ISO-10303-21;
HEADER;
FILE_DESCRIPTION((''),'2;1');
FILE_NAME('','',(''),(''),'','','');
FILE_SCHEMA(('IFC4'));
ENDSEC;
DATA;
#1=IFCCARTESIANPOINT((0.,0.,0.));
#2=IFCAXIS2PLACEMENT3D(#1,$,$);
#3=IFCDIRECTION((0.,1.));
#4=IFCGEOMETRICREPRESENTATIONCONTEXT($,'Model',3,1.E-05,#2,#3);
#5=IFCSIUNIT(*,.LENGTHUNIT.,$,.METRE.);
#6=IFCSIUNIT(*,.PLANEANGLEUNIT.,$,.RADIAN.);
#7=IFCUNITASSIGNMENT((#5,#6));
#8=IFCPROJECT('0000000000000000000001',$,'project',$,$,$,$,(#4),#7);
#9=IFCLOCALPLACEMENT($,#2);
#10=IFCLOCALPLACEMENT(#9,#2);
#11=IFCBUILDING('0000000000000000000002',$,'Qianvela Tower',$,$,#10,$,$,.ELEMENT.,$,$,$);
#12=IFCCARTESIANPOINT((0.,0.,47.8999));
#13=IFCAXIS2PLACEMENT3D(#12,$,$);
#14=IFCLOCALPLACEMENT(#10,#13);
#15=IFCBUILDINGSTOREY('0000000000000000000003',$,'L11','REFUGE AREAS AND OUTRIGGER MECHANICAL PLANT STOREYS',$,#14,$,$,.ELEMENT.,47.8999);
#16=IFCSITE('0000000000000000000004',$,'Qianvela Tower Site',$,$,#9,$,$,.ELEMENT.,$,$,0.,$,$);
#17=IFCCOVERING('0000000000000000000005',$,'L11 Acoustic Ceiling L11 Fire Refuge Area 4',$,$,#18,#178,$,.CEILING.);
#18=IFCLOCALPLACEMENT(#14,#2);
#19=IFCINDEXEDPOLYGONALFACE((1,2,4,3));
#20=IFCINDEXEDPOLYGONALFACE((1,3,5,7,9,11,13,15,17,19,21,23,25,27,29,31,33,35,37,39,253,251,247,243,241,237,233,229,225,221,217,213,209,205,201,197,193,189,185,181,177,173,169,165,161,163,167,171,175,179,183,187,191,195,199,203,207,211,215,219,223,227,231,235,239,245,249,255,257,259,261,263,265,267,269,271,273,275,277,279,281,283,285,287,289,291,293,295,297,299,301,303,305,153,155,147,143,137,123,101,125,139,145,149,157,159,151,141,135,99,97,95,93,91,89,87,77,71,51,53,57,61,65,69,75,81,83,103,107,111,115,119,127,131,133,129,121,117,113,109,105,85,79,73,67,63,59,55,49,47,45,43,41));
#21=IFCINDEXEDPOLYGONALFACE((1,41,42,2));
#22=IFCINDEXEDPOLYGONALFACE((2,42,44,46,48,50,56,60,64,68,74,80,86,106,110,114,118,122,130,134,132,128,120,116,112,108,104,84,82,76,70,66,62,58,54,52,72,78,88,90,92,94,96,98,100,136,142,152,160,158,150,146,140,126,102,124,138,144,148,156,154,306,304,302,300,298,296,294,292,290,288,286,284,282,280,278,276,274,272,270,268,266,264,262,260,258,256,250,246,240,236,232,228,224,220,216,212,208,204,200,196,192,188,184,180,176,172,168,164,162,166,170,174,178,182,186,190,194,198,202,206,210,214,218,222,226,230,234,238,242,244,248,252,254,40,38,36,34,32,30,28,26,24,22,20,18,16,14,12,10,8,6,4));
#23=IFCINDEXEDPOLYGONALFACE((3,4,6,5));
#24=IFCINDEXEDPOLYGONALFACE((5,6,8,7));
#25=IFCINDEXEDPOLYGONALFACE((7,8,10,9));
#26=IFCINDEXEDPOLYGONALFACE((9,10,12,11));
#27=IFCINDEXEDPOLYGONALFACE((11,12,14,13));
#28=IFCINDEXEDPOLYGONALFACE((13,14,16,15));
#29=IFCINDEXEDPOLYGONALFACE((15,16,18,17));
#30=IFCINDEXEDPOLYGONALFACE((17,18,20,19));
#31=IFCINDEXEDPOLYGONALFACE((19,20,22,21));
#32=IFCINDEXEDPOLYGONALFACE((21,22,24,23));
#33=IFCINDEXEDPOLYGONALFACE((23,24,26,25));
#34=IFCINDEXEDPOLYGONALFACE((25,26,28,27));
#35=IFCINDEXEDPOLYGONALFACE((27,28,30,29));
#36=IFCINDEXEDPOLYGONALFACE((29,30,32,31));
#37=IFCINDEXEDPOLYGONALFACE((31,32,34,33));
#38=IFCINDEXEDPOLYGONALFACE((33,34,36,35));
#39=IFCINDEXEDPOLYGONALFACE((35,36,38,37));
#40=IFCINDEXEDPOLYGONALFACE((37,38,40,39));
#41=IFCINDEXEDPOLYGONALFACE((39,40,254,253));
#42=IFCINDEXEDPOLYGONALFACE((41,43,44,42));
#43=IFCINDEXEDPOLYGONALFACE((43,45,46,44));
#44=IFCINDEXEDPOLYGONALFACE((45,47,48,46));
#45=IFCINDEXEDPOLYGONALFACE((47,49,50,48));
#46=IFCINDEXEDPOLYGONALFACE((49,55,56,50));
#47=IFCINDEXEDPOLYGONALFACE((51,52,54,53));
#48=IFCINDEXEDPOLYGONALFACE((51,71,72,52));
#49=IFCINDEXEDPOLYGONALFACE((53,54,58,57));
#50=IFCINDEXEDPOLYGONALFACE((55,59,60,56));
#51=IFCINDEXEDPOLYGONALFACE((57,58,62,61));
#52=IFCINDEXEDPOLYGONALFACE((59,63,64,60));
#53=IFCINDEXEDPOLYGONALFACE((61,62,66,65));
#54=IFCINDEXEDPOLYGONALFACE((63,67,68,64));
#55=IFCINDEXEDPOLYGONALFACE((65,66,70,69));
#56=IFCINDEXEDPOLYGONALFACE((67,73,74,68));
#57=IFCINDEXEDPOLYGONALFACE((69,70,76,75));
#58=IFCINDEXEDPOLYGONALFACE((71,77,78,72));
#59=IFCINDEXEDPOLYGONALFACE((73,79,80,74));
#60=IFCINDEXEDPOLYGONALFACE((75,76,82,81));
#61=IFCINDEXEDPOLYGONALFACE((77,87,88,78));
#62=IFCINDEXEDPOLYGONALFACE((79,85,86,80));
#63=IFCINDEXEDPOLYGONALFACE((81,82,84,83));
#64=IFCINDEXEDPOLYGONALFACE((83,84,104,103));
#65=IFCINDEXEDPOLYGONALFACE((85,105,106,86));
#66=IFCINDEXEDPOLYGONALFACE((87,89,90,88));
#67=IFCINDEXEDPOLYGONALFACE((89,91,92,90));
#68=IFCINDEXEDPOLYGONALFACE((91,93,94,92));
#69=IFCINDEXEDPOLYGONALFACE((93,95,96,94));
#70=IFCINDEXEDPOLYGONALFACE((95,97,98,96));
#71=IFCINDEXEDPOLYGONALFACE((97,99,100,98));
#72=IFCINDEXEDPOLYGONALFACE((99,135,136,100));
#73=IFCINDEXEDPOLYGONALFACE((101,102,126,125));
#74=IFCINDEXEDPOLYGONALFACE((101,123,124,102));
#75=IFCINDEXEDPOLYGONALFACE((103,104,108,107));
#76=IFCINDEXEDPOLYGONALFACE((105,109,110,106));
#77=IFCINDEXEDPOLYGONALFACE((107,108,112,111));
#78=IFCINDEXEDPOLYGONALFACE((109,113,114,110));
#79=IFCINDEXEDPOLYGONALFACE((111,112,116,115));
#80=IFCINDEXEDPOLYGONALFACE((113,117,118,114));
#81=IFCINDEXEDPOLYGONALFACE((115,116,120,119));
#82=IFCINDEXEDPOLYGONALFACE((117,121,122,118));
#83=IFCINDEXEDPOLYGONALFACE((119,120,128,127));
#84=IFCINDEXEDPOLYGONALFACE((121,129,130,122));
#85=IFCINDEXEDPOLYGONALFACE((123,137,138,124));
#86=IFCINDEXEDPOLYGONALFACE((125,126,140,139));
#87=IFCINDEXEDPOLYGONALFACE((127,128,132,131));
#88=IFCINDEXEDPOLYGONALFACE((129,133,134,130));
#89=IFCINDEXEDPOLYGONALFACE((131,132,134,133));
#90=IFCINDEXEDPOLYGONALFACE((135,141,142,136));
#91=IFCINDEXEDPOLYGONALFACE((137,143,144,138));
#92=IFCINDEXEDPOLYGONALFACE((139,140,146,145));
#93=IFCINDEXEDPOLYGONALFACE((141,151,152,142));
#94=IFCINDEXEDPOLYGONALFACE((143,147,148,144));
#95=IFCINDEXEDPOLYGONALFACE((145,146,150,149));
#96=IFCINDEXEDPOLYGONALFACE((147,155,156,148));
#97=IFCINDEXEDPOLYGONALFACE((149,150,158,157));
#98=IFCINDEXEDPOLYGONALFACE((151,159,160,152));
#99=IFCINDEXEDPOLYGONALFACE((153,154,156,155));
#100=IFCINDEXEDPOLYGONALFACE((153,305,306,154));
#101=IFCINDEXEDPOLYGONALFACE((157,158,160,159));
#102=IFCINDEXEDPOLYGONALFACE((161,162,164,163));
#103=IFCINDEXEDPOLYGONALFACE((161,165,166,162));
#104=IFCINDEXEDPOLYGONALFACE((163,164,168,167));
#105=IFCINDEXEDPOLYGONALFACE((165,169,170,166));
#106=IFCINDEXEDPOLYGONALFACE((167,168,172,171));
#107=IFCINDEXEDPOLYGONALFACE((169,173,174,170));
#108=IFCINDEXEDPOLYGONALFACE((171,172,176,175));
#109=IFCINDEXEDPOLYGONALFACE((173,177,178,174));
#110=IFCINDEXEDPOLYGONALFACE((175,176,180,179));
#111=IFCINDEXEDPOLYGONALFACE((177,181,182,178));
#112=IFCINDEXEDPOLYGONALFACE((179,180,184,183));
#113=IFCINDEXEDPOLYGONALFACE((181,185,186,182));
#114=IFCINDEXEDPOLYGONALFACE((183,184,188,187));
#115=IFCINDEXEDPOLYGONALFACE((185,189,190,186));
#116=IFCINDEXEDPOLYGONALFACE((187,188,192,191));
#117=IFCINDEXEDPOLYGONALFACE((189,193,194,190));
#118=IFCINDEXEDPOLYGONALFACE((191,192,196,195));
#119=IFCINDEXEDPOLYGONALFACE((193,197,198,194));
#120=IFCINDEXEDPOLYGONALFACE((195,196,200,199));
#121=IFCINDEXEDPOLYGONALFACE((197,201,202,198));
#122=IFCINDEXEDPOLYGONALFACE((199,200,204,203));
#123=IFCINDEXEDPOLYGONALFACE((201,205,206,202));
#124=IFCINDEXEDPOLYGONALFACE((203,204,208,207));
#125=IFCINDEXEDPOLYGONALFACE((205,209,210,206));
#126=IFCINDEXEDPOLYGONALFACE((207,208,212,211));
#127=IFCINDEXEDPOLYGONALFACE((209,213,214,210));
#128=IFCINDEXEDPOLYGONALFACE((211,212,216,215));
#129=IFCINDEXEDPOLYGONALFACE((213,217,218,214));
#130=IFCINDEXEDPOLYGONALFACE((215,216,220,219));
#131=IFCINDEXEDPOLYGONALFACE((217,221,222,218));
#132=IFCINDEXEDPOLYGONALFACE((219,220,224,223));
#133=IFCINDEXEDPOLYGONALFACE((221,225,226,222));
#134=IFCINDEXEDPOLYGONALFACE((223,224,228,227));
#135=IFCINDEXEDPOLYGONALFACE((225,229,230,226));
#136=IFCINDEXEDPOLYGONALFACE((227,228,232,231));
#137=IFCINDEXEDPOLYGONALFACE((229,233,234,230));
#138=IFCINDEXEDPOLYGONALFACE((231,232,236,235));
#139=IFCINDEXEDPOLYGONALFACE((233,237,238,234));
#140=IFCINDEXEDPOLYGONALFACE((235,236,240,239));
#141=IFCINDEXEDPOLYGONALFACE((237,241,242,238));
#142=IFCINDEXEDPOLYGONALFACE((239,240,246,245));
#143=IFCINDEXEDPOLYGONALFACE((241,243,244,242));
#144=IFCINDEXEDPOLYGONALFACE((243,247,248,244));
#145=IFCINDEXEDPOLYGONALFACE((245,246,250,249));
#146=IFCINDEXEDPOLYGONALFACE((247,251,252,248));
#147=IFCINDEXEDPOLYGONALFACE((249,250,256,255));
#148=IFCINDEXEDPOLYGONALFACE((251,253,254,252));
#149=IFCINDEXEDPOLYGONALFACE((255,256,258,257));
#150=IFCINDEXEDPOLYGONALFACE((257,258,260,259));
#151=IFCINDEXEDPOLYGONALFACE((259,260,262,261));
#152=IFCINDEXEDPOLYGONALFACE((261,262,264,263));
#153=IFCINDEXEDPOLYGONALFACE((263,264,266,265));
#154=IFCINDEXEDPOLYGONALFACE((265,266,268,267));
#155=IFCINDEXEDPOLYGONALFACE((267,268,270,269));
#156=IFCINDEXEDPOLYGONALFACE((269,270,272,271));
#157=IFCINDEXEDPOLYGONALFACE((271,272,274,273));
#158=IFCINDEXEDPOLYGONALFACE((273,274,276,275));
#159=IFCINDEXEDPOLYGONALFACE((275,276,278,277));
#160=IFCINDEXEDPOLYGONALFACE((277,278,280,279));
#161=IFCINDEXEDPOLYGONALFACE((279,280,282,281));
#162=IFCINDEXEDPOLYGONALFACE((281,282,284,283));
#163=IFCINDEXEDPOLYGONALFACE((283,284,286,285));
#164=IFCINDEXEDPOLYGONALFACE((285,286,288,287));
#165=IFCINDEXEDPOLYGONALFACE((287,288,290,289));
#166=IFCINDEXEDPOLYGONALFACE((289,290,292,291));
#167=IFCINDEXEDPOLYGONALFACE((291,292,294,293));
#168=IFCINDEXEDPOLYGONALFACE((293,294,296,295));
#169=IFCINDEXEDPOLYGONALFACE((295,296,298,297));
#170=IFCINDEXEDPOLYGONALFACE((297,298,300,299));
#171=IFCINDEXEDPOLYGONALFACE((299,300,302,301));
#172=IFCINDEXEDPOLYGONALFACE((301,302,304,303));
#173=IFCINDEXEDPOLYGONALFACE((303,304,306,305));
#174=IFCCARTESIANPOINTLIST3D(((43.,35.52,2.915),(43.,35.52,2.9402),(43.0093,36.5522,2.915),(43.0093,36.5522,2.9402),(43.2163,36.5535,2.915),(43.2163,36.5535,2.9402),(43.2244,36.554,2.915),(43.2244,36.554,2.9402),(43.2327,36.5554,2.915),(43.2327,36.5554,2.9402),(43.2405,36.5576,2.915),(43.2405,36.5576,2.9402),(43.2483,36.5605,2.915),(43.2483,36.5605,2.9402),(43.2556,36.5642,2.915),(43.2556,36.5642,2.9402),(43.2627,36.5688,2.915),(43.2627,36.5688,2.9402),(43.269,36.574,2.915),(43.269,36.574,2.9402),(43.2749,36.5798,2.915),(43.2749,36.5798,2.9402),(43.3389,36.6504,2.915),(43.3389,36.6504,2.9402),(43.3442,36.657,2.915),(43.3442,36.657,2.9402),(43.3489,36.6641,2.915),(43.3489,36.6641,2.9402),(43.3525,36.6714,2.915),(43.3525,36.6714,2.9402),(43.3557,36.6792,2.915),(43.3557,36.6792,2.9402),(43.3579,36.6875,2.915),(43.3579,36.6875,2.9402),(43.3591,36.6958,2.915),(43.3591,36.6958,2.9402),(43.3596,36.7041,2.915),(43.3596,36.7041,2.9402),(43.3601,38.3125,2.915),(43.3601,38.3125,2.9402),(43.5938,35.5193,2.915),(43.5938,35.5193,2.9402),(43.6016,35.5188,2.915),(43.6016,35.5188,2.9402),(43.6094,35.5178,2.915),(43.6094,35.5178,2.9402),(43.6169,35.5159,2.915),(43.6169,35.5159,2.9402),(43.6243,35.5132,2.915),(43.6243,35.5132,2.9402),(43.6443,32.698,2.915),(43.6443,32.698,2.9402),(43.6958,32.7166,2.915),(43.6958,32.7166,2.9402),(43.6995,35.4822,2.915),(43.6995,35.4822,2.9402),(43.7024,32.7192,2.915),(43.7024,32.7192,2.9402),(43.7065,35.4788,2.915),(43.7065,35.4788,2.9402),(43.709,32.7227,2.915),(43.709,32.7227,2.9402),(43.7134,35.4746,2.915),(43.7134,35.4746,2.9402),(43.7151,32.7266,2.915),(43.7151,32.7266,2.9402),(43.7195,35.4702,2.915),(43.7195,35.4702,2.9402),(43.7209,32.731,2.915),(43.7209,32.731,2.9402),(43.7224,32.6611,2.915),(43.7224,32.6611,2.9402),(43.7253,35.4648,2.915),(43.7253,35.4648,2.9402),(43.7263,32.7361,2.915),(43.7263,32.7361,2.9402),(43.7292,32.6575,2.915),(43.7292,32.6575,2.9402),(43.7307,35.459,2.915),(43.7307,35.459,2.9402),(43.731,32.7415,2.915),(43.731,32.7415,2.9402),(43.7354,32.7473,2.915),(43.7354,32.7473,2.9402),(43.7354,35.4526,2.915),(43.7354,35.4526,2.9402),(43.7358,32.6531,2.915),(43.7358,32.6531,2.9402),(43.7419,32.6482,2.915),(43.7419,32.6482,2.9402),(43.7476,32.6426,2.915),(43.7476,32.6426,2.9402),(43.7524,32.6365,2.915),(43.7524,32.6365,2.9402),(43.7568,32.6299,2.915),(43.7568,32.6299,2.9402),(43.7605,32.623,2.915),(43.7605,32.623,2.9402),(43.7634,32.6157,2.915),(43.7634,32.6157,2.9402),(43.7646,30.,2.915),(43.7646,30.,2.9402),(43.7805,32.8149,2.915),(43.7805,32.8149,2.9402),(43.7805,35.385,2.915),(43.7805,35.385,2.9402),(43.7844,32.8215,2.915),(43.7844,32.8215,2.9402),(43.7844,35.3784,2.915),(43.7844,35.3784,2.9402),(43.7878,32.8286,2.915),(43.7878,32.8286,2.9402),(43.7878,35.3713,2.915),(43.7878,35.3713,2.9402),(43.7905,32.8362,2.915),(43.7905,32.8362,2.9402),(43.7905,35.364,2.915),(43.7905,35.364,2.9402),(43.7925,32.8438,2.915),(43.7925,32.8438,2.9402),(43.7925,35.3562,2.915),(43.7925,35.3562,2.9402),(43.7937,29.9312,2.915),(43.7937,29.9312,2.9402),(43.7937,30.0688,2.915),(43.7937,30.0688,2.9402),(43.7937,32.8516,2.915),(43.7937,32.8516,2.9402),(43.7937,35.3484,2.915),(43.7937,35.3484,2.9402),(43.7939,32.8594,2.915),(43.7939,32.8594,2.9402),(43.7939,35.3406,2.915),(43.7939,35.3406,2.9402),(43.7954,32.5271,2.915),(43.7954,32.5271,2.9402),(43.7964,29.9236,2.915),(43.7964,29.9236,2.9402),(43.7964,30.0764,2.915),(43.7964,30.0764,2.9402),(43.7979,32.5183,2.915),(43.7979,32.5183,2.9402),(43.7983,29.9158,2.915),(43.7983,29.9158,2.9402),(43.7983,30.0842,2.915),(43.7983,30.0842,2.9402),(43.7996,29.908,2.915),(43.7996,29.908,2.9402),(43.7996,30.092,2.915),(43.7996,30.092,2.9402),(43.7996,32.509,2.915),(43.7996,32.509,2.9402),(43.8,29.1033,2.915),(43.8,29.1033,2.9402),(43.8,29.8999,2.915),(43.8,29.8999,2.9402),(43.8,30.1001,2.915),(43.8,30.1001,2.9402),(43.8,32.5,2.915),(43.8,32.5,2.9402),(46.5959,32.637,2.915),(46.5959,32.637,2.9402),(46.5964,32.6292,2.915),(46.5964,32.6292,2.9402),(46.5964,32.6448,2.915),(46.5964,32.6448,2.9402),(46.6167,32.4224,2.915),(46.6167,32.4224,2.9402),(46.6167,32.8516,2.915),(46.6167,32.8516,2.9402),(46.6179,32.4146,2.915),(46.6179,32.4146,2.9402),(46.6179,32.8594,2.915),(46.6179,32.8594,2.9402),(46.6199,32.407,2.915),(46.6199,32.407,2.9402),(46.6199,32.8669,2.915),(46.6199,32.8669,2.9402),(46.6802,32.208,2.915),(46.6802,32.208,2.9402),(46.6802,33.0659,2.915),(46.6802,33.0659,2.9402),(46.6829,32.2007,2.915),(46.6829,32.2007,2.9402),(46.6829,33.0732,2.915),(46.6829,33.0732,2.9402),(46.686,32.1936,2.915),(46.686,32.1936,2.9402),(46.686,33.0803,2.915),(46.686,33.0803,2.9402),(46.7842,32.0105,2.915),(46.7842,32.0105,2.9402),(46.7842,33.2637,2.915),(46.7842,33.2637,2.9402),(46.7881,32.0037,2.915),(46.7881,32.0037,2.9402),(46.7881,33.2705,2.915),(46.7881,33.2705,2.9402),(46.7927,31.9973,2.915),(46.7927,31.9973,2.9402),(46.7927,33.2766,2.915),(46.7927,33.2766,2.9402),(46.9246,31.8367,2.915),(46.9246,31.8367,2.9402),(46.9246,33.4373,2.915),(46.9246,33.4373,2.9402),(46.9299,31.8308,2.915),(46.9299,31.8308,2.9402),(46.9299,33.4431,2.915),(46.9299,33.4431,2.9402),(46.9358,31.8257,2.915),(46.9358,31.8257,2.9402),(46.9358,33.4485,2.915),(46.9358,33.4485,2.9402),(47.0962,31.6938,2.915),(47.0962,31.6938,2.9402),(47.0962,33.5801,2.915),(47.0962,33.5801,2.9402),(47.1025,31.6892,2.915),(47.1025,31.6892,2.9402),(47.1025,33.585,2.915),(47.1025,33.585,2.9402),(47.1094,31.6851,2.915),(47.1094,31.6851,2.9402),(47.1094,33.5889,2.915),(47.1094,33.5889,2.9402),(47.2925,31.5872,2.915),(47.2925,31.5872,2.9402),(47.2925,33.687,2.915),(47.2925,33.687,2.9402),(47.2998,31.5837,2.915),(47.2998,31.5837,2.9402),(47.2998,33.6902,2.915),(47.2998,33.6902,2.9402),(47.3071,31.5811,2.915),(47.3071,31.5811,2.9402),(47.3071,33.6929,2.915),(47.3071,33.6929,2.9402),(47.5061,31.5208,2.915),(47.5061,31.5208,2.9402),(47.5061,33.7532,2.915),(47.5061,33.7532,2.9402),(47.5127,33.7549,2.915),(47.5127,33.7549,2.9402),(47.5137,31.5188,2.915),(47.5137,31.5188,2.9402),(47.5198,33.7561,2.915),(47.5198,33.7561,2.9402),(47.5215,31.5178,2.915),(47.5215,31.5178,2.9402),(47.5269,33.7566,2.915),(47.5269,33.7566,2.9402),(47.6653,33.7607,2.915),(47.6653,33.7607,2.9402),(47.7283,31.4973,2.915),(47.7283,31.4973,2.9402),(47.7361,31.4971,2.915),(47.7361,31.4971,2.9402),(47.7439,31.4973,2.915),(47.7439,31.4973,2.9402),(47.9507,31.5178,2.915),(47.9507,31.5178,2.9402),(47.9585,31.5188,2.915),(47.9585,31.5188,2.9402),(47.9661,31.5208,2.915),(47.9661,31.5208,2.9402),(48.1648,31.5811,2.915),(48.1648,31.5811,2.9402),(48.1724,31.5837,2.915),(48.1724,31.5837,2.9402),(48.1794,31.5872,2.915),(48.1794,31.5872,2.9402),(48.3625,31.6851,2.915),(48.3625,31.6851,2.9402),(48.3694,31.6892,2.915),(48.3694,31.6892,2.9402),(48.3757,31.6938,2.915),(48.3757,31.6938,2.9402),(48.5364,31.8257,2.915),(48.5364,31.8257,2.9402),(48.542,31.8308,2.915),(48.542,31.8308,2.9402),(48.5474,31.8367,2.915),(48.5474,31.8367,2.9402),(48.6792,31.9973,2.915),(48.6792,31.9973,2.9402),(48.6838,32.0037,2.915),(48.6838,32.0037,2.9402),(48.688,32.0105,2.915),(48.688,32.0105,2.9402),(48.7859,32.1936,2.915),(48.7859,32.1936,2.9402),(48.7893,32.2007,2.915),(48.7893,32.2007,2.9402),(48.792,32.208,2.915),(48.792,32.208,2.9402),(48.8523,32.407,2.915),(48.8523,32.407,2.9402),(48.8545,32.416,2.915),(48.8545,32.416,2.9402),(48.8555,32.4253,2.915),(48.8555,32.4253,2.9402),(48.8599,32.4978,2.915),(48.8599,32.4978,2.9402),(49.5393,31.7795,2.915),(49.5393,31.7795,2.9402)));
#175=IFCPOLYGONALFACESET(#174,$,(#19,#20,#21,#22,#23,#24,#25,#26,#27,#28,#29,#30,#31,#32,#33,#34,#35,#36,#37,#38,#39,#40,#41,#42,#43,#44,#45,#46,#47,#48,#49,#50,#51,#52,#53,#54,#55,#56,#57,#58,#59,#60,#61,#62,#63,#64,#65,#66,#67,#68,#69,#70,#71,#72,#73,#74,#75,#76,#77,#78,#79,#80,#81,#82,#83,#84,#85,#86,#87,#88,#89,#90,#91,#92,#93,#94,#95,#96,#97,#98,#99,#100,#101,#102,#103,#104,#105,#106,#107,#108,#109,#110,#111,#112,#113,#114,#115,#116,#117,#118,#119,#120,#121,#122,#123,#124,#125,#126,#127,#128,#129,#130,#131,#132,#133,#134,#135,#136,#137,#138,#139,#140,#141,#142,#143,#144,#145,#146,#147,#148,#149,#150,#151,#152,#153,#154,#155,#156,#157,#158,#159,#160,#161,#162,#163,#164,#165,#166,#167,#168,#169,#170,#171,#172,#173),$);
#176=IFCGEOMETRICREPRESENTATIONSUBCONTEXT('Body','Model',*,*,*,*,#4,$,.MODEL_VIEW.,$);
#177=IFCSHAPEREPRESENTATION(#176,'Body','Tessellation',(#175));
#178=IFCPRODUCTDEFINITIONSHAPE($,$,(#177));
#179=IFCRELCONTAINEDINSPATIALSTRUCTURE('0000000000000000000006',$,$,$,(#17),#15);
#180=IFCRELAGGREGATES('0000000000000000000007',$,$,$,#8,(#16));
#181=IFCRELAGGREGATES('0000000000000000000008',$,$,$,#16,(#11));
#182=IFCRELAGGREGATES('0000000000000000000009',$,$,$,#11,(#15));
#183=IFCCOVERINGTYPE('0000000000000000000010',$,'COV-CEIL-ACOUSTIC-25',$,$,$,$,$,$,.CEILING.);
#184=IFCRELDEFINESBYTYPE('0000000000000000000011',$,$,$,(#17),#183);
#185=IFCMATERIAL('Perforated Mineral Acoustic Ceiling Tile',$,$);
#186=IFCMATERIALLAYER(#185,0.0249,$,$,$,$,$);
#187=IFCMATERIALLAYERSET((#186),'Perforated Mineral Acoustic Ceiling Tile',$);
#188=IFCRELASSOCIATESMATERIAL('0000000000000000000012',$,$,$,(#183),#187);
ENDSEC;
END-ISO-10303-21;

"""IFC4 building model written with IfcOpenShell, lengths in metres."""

from ifc_helpers import new_model, si_unit, direction, frame, origin, place, context, subcontext, project, spatial, polyline, outline, extrude, material, layer, layer_set, type_object, element, save


model = new_model("IFC4")

# Units and contexts
model_context = context("Model", 3, precision=1e-05, world=origin(), true_north=direction((0.0, 1.0)))
body_context = subcontext(model_context, "Body", "Model", "MODEL_VIEW")
ifc_project = project(units=[si_unit("LENGTHUNIT", "METRE"), si_unit("PLANEANGLEUNIT", "RADIAN")], contexts=[model_context])

# Site, building, storey
site_placement = place(None, origin())
site = spatial("IfcSite", under=ifc_project, at=site_placement, Name="Qianvela Tower Site", CompositionType="ELEMENT", RefElevation=0.0)
building_placement = place(site_placement, origin())
building = spatial("IfcBuilding", under=site, at=building_placement, Name="Qianvela Tower", CompositionType="ELEMENT")
storey_placement = place(building_placement, frame((0.0, 0.0, 47.8999)))
storey = spatial("IfcBuildingStorey", under=building, at=storey_placement, Name="L11", Description="REFUGE AREAS AND OUTRIGGER MECHANICAL PLANT STOREYS", CompositionType="ELEMENT", Elevation=47.8999)

# Covering
ifc_material_1 = material(Name="Perforated Mineral Acoustic Ceiling Tile")
ifc_layer_1 = layer(ifc_material_1, 0.0249)
ifc_layer_set_1 = layer_set([ifc_layer_1], Name="Perforated Mineral Acoustic Ceiling Tile")
covering_type_1 = type_object("IfcCoveringType", Name="COV-CEIL-ACOUSTIC-25", PredefinedType="CEILING", material=ifc_layer_set_1)
covering_1_placement = place(storey_placement, frame((0.0, 0.0, 2.915)))
element("IfcCovering", 1, at=covering_1_placement, inside=storey, type_object=covering_type_1, Name="L11 Acoustic Ceiling L11 Fire Refuge Area 4", PredefinedType="CEILING", context=body_context, shape_type="SweptSolid", body=[
    extrude(outline(polyline([(43.6443, 32.698), (43.6958, 32.7166), (43.7024, 32.7192), (43.709, 32.7227), (43.7151, 32.7266), (43.7209, 32.731), (43.7263, 32.7361), (43.731, 32.7415), (43.7354, 32.7473), (43.7805, 32.8149), (43.7844, 32.8215), (43.7878, 32.8286), (43.7905, 32.8362), (43.7925, 32.8438), (43.7937, 32.8516), (43.7939, 32.8594), (43.7939, 35.3406), (43.7937, 35.3484), (43.7925, 35.3562), (43.7905, 35.364), (43.7878, 35.3713), (43.7844, 35.3784), (43.7805, 35.385), (43.7354, 35.4526), (43.7307, 35.459), (43.7253, 35.4648), (43.7195, 35.4702), (43.7134, 35.4746), (43.7065, 35.4788), (43.6995, 35.4822), (43.6243, 35.5132), (43.6169, 35.5159), (43.6094, 35.5178), (43.6016, 35.5188), (43.5938, 35.5193), (43.0, 35.52), (43.0093, 36.5522), (43.2163, 36.5535), (43.2244, 36.554), (43.2327, 36.5554), (43.2405, 36.5576), (43.2483, 36.5605), (43.2556, 36.5642), (43.2627, 36.5688), (43.269, 36.574), (43.2749, 36.5798), (43.3389, 36.6504), (43.3442, 36.657), (43.3489, 36.6641), (43.3525, 36.6714), (43.3557, 36.6792), (43.3579, 36.6875), (43.3591, 36.6958), (43.3596, 36.7041), (43.3601, 38.3125), (47.6653, 33.7607), (47.5269, 33.7566), (47.5198, 33.7561), (47.5127, 33.7549), (47.5061, 33.7532), (47.3071, 33.6929), (47.2998, 33.6902), (47.2925, 33.687), (47.1094, 33.5889), (47.1025, 33.585), (47.0962, 33.5801), (46.9358, 33.4485), (46.9299, 33.4431), (46.9246, 33.4373), (46.7927, 33.2766), (46.7881, 33.2705), (46.7842, 33.2637), (46.686, 33.0803), (46.6829, 33.0732), (46.6802, 33.0659), (46.6199, 32.8669), (46.6179, 32.8594), (46.6167, 32.8516), (46.5964, 32.6448), (46.5959, 32.637), (46.5964, 32.6292), (46.6167, 32.4224), (46.6179, 32.4146), (46.6199, 32.407), (46.6802, 32.208), (46.6829, 32.2007), (46.686, 32.1936), (46.7842, 32.0105), (46.7881, 32.0037), (46.7927, 31.9973), (46.9246, 31.8367), (46.9299, 31.8308), (46.9358, 31.8257), (47.0962, 31.6938), (47.1025, 31.6892), (47.1094, 31.6851), (47.2925, 31.5872), (47.2998, 31.5837), (47.3071, 31.5811), (47.5061, 31.5208), (47.5137, 31.5188), (47.5215, 31.5178), (47.7283, 31.4973), (47.7361, 31.4971), (47.7439, 31.4973), (47.9507, 31.5178), (47.9585, 31.5188), (47.9661, 31.5208), (48.1648, 31.5811), (48.1724, 31.5837), (48.1794, 31.5872), (48.3625, 31.6851), (48.3694, 31.6892), (48.3757, 31.6938), (48.5364, 31.8257), (48.542, 31.8308), (48.5474, 31.8367), (48.6792, 31.9973), (48.6838, 32.0037), (48.688, 32.0105), (48.7859, 32.1936), (48.7893, 32.2007), (48.792, 32.208), (48.8523, 32.407), (48.8545, 32.416), (48.8555, 32.4253), (48.8599, 32.4978), (49.5393, 31.7795), (43.8, 29.1033), (43.8, 29.8999), (43.7996, 29.908), (43.7983, 29.9158), (43.7964, 29.9236), (43.7937, 29.9312), (43.7646, 30.0), (43.7937, 30.0688), (43.7964, 30.0764), (43.7983, 30.0842), (43.7996, 30.092), (43.8, 30.1001), (43.8, 32.5), (43.7996, 32.509), (43.7979, 32.5183), (43.7954, 32.5271), (43.7634, 32.6157), (43.7605, 32.623), (43.7568, 32.6299), (43.7524, 32.6365), (43.7476, 32.6426), (43.7419, 32.6482), (43.7358, 32.6531), (43.7292, 32.6575), (43.7224, 32.6611), (43.6443, 32.698)])), origin(), (0.0, 0.0, 1.0), 0.0251),
])

save(model, "model.ifc")
